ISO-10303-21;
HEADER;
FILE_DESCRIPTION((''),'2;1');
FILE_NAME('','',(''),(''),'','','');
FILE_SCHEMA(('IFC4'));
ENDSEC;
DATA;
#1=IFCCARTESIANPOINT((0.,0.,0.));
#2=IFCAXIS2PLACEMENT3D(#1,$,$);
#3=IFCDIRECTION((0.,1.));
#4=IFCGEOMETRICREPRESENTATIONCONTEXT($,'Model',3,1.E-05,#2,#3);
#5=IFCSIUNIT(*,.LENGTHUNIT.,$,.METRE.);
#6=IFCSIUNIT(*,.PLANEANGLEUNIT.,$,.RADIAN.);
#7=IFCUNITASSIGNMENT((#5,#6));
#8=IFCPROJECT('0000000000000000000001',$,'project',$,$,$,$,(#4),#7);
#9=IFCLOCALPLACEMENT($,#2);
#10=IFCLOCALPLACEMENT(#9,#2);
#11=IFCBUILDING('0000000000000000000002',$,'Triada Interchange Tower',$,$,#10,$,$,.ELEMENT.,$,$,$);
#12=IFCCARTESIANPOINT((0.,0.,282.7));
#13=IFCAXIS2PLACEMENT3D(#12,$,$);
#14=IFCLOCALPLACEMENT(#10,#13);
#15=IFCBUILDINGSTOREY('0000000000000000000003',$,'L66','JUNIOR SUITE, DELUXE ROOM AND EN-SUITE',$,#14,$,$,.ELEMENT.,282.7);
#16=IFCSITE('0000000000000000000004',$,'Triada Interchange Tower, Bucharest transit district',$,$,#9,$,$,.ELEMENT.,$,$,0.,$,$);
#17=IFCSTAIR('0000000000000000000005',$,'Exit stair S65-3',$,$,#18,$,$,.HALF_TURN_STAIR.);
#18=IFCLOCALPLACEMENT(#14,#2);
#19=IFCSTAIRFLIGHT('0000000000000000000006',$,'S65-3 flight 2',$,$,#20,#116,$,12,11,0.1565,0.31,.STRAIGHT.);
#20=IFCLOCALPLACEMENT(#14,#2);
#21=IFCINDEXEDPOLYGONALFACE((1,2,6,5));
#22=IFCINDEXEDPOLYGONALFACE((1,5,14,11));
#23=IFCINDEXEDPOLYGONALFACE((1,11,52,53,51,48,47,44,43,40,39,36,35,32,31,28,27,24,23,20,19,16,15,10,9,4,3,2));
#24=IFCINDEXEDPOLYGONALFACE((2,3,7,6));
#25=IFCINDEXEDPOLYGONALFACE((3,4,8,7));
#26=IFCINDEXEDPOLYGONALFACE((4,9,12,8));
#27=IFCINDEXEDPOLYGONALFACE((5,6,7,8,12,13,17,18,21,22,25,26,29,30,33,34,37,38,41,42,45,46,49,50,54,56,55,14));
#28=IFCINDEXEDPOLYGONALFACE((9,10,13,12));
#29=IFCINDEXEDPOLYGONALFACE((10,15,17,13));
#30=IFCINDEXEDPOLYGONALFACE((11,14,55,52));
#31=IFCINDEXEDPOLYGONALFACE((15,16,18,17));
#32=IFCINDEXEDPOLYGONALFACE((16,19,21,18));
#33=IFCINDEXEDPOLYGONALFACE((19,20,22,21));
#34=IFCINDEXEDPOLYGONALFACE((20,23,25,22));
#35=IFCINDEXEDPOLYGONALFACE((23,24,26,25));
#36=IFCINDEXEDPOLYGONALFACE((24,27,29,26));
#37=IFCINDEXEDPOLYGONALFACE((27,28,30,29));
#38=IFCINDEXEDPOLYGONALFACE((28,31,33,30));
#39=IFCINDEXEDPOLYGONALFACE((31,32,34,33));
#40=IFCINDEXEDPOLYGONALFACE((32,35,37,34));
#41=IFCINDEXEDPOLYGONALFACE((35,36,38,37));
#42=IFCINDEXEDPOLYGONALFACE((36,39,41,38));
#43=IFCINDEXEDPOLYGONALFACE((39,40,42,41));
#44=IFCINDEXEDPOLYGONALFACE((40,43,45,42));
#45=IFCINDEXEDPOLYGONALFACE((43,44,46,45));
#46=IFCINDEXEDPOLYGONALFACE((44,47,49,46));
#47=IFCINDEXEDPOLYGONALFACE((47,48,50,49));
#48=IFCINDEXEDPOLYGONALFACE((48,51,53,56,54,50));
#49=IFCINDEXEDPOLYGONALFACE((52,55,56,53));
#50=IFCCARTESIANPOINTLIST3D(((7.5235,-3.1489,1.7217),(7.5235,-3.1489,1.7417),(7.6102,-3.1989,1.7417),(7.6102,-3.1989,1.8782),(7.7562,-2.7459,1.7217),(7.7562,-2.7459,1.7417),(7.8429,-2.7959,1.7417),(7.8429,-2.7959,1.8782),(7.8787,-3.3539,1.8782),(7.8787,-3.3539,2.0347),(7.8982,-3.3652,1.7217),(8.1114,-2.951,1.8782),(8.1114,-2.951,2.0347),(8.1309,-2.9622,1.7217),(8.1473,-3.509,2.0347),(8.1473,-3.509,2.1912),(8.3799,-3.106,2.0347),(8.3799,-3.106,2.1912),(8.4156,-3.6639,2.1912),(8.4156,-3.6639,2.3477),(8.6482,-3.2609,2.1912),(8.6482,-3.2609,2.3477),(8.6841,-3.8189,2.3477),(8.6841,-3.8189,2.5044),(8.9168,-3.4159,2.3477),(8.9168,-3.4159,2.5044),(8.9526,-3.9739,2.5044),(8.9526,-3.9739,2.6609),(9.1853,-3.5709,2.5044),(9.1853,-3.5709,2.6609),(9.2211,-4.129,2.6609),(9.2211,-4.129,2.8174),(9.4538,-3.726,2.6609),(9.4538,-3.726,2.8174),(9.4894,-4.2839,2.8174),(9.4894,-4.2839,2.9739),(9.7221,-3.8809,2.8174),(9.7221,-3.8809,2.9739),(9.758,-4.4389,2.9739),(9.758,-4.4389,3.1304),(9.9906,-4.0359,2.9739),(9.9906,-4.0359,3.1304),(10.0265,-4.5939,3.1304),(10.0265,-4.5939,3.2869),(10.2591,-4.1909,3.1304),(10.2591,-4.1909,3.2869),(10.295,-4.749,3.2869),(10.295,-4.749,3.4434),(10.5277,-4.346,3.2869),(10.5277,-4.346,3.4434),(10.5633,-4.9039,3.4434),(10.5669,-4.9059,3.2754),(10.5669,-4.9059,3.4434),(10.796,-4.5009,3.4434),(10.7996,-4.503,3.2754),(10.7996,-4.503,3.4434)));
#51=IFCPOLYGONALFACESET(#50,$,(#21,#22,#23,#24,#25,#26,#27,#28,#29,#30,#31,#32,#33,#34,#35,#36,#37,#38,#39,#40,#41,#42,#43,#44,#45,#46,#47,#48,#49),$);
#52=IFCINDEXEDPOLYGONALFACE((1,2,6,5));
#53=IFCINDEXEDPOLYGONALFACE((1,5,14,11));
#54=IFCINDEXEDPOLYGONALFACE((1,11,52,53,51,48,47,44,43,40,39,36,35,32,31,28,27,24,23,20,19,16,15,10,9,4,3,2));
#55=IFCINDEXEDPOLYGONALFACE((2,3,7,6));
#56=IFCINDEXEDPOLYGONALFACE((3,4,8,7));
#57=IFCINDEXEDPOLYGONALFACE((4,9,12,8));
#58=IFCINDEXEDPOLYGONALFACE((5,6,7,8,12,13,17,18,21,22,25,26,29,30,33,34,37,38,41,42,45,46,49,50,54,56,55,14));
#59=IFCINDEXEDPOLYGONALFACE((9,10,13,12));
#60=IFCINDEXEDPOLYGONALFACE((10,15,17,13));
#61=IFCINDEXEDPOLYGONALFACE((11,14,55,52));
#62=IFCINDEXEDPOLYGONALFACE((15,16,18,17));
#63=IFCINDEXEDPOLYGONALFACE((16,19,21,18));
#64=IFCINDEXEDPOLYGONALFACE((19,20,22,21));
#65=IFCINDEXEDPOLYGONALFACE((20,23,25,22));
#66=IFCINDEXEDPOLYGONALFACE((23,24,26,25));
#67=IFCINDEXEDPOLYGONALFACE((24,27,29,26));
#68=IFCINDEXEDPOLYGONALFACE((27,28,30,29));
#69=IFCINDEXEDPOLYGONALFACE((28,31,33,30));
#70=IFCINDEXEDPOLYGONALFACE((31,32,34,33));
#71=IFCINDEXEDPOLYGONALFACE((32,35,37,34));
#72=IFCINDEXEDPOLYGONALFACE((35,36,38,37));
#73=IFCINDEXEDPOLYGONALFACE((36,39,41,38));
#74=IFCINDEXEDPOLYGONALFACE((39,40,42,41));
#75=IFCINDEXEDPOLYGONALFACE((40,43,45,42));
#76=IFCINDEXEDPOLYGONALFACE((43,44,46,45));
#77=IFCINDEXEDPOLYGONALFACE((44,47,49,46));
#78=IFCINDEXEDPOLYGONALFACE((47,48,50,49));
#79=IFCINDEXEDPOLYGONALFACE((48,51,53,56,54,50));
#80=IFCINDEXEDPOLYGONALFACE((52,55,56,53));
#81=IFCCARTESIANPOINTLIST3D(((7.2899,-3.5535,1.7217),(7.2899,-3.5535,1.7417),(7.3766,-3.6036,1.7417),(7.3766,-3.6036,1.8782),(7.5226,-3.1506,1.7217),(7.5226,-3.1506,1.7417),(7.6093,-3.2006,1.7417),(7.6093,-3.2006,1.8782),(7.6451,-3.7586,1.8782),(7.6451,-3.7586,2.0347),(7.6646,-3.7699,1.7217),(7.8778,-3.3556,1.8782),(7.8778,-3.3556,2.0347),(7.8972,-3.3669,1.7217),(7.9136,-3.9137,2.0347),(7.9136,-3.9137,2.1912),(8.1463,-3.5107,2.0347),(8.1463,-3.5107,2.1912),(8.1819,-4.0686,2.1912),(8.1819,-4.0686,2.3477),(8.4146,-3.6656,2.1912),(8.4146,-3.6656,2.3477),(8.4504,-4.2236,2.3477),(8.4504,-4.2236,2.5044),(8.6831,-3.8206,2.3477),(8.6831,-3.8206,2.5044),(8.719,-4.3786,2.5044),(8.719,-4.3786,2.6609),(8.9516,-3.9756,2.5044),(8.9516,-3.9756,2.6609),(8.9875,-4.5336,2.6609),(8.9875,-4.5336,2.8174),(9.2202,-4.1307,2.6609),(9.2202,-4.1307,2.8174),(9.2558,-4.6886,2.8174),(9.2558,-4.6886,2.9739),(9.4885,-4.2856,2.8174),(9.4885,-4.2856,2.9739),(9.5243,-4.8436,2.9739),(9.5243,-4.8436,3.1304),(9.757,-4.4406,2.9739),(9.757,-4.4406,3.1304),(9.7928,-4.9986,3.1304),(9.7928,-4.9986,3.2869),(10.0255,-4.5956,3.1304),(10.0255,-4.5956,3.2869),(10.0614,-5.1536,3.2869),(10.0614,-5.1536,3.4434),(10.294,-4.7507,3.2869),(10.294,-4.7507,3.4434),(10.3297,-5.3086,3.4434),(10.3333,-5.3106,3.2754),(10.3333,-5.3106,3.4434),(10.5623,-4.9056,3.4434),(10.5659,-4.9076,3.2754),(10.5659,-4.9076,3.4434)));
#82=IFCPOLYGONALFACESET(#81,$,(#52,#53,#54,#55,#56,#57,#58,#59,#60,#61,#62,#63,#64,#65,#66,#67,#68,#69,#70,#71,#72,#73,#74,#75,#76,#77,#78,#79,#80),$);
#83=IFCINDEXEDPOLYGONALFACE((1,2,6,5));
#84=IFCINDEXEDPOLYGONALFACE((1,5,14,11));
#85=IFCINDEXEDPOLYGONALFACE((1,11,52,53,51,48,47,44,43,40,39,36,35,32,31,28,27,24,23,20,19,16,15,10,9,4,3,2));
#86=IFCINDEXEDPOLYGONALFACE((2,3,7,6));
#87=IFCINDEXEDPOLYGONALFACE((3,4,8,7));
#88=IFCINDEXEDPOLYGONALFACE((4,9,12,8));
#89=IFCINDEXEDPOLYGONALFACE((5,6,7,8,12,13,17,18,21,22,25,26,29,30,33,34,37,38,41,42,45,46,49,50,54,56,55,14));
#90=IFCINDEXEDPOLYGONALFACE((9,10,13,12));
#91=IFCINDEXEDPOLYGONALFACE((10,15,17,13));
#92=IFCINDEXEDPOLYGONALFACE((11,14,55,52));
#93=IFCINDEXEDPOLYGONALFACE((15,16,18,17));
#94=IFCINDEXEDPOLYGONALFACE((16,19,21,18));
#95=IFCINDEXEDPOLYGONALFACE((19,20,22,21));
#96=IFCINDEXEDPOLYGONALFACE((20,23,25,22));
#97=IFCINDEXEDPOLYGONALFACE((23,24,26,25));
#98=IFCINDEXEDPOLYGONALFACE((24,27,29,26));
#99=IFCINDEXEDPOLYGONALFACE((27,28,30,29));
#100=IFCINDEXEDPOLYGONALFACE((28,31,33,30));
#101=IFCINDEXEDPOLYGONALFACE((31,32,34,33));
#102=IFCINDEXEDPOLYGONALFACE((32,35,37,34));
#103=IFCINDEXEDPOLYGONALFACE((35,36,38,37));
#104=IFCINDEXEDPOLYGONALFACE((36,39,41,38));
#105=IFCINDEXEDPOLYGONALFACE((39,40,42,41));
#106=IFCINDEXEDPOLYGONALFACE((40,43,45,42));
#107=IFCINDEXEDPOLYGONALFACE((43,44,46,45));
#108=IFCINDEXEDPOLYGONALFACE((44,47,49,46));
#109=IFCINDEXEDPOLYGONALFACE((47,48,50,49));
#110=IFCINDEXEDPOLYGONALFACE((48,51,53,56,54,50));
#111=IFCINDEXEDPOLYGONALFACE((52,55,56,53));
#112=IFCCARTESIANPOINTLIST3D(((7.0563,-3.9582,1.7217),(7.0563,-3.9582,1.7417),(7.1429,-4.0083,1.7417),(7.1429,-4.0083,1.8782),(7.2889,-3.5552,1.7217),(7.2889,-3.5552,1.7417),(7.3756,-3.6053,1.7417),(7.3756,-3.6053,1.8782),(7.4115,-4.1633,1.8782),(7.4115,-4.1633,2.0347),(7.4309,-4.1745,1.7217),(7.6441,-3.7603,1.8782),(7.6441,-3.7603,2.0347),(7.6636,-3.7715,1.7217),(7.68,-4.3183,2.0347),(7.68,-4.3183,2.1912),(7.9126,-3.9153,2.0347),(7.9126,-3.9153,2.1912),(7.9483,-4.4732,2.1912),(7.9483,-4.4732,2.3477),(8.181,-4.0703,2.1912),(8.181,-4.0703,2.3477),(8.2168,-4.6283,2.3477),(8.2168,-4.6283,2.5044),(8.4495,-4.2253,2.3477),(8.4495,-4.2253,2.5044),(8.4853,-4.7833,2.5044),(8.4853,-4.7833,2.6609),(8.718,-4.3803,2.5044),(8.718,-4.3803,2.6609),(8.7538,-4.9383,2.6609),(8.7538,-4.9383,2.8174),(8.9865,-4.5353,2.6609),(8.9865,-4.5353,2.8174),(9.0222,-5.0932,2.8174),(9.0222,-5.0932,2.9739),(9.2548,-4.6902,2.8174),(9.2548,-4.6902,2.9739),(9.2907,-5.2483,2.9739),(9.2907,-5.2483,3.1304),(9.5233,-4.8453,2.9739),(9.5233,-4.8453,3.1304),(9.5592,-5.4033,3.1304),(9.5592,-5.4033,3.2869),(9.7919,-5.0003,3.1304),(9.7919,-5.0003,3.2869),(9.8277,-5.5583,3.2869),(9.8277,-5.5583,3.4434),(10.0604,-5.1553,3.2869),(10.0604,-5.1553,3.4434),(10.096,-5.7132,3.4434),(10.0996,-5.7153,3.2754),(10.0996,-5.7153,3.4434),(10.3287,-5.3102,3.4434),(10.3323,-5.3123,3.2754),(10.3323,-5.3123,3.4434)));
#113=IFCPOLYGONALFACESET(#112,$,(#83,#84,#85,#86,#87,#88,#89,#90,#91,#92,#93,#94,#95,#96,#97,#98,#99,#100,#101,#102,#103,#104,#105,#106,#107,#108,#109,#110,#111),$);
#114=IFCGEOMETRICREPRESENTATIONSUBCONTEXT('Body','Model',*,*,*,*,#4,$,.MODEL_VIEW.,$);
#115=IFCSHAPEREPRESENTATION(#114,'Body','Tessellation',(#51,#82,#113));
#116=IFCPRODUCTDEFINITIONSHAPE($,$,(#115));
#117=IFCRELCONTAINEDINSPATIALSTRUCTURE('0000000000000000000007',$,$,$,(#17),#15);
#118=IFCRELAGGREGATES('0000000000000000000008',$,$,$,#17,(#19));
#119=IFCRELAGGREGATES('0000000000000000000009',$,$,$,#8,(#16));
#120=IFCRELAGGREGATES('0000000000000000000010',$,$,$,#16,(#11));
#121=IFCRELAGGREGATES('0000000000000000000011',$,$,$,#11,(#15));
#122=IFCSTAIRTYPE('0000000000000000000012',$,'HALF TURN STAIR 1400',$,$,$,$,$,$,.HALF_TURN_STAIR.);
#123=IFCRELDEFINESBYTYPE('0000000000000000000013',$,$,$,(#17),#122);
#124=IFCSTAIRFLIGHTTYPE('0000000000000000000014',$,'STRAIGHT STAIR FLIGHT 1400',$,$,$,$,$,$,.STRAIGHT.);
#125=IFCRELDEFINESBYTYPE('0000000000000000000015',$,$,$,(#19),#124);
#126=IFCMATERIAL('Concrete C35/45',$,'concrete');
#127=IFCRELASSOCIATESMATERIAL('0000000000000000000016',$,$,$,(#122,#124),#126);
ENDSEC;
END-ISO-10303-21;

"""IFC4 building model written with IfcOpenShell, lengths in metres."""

from ifc_helpers import new_model, si_unit, direction, frame, origin, place, context, subcontext, project, spatial, polyline, outline, extrude, material, type_object, element, aggregate, save


model = new_model("IFC4")

# Units and contexts
model_context = context("Model", 3, precision=1e-05, world=origin(), true_north=direction((0.0, 1.0)))
body_context = subcontext(model_context, "Body", "Model", "MODEL_VIEW")
ifc_project = project(units=[si_unit("LENGTHUNIT", "METRE"), si_unit("PLANEANGLEUNIT", "RADIAN")], contexts=[model_context])

# Site, building, storey
site_placement = place(None, origin())
site = spatial("IfcSite", under=ifc_project, at=site_placement, Name="Triada Interchange Tower, Bucharest transit district", CompositionType="ELEMENT", RefElevation=0.0)
building_placement = place(site_placement, origin())
building = spatial("IfcBuilding", under=site, at=building_placement, Name="Triada Interchange Tower", CompositionType="ELEMENT")
storey_placement = place(building_placement, frame((0.0, 0.0, 282.7)))
storey = spatial("IfcBuildingStorey", under=building, at=storey_placement, Name="L66", Description="JUNIOR SUITE, DELUXE ROOM AND EN-SUITE", CompositionType="ELEMENT", Elevation=282.7)

# Stair, stair flight
ifc_material_1 = material(Name="Concrete C35/45", Category="concrete")
stair_type = type_object("IfcStairType", Name="HALF TURN STAIR 1400", PredefinedType="HALF_TURN_STAIR", material=ifc_material_1)
stair_placement = place(storey_placement, origin())
stair = element("IfcStair", 1, at=stair_placement, inside=storey, type_object=stair_type, Name="Exit stair S65-3", PredefinedType="HALF_TURN_STAIR")
stair_flight_type = type_object("IfcStairFlightType", Name="STRAIGHT STAIR FLIGHT 1400", PredefinedType="STRAIGHT", material=ifc_material_1)
stair_flight_1_placement = place(storey_placement, frame((7.4929, -3.4021, 1.7217), z_axis=(0.0, 0.0, 1.0), x_axis=(0.866025, -0.5, 0.0)))
stair_flight_1 = element("IfcStairFlight", 2, at=stair_flight_1_placement, type_object=stair_flight_type, Name="S65-3 flight 2", NumberOfRisers=12, NumberOfTreads=11, PredefinedType="STRAIGHT", RiserHeight=0.1565, TreadLength=0.31, context=body_context, shape_type="SweptSolid", body=[
    extrude(outline(polyline([(-0.1001, 0.0), (-0.1001, 0.02), (0.0, 0.02), (0.0, 0.1565), (0.3101, 0.1565), (0.3101, 0.313), (0.6201, 0.313), (0.6201, 0.4695), (0.9299, 0.4695), (0.9299, 0.626), (1.24, 0.626), (1.24, 0.7827), (1.55, 0.7827), (1.55, 0.9392), (1.8601, 0.9392), (1.8601, 1.0957), (2.1699, 1.0957), (2.1699, 1.2522), (2.48, 1.2522), (2.48, 1.4087), (2.79, 1.4087), (2.79, 1.5652), (3.1001, 1.5652), (3.1001, 1.7217), (3.4099, 1.7217), (3.4141, 1.7217), (3.4141, 1.8782), (3.4141, 1.5537), (0.3325, 0.0), (-0.1001, 0.0)])), frame((0.0, 0.7, 0.0), z_axis=(0.0, -1.0, 0.0), x_axis=(1.0, 0.0, 0.0)), (0.0, 0.0, 1.0), 0.4653),
    extrude(outline(polyline([(-0.1001, 0.0), (-0.1001, 0.02), (0.0, 0.02), (0.0, 0.1565), (0.3101, 0.1565), (0.3101, 0.313), (0.6201, 0.313), (0.6201, 0.4695), (0.9299, 0.4695), (0.9299, 0.626), (1.24, 0.626), (1.24, 0.7827), (1.55, 0.7827), (1.55, 0.9392), (1.8601, 0.9392), (1.8601, 1.0957), (2.1699, 1.0957), (2.1699, 1.2522), (2.48, 1.2522), (2.48, 1.4087), (2.79, 1.4087), (2.79, 1.5652), (3.1001, 1.5652), (3.1001, 1.7217), (3.4099, 1.7217), (3.4141, 1.7217), (3.4141, 1.8782), (3.4141, 1.5537), (0.3325, 0.0), (-0.1001, 0.0)])), frame((0.0, 0.2327, 0.0), z_axis=(0.0, -1.0, 0.0), x_axis=(1.0, 0.0, 0.0)), (0.0, 0.0, 1.0), 0.4653),
    extrude(outline(polyline([(-0.1001, 0.0), (-0.1001, 0.02), (0.0, 0.02), (0.0, 0.1565), (0.3101, 0.1565), (0.3101, 0.313), (0.6201, 0.313), (0.6201, 0.4695), (0.9299, 0.4695), (0.9299, 0.626), (1.24, 0.626), (1.24, 0.7827), (1.55, 0.7827), (1.55, 0.9392), (1.8601, 0.9392), (1.8601, 1.0957), (2.1699, 1.0957), (2.1699, 1.2522), (2.48, 1.2522), (2.48, 1.4087), (2.79, 1.4087), (2.79, 1.5652), (3.1001, 1.5652), (3.1001, 1.7217), (3.4099, 1.7217), (3.4141, 1.7217), (3.4141, 1.8782), (3.4141, 1.5537), (0.3325, 0.0), (-0.1001, 0.0)])), frame((0.0, -0.2346, 0.0), z_axis=(0.0, -1.0, 0.0), x_axis=(1.0, 0.0, 0.0)), (0.0, 0.0, 1.0), 0.4653),
])
aggregate(stair, [stair_flight_1])

save(model, "model.ifc")
